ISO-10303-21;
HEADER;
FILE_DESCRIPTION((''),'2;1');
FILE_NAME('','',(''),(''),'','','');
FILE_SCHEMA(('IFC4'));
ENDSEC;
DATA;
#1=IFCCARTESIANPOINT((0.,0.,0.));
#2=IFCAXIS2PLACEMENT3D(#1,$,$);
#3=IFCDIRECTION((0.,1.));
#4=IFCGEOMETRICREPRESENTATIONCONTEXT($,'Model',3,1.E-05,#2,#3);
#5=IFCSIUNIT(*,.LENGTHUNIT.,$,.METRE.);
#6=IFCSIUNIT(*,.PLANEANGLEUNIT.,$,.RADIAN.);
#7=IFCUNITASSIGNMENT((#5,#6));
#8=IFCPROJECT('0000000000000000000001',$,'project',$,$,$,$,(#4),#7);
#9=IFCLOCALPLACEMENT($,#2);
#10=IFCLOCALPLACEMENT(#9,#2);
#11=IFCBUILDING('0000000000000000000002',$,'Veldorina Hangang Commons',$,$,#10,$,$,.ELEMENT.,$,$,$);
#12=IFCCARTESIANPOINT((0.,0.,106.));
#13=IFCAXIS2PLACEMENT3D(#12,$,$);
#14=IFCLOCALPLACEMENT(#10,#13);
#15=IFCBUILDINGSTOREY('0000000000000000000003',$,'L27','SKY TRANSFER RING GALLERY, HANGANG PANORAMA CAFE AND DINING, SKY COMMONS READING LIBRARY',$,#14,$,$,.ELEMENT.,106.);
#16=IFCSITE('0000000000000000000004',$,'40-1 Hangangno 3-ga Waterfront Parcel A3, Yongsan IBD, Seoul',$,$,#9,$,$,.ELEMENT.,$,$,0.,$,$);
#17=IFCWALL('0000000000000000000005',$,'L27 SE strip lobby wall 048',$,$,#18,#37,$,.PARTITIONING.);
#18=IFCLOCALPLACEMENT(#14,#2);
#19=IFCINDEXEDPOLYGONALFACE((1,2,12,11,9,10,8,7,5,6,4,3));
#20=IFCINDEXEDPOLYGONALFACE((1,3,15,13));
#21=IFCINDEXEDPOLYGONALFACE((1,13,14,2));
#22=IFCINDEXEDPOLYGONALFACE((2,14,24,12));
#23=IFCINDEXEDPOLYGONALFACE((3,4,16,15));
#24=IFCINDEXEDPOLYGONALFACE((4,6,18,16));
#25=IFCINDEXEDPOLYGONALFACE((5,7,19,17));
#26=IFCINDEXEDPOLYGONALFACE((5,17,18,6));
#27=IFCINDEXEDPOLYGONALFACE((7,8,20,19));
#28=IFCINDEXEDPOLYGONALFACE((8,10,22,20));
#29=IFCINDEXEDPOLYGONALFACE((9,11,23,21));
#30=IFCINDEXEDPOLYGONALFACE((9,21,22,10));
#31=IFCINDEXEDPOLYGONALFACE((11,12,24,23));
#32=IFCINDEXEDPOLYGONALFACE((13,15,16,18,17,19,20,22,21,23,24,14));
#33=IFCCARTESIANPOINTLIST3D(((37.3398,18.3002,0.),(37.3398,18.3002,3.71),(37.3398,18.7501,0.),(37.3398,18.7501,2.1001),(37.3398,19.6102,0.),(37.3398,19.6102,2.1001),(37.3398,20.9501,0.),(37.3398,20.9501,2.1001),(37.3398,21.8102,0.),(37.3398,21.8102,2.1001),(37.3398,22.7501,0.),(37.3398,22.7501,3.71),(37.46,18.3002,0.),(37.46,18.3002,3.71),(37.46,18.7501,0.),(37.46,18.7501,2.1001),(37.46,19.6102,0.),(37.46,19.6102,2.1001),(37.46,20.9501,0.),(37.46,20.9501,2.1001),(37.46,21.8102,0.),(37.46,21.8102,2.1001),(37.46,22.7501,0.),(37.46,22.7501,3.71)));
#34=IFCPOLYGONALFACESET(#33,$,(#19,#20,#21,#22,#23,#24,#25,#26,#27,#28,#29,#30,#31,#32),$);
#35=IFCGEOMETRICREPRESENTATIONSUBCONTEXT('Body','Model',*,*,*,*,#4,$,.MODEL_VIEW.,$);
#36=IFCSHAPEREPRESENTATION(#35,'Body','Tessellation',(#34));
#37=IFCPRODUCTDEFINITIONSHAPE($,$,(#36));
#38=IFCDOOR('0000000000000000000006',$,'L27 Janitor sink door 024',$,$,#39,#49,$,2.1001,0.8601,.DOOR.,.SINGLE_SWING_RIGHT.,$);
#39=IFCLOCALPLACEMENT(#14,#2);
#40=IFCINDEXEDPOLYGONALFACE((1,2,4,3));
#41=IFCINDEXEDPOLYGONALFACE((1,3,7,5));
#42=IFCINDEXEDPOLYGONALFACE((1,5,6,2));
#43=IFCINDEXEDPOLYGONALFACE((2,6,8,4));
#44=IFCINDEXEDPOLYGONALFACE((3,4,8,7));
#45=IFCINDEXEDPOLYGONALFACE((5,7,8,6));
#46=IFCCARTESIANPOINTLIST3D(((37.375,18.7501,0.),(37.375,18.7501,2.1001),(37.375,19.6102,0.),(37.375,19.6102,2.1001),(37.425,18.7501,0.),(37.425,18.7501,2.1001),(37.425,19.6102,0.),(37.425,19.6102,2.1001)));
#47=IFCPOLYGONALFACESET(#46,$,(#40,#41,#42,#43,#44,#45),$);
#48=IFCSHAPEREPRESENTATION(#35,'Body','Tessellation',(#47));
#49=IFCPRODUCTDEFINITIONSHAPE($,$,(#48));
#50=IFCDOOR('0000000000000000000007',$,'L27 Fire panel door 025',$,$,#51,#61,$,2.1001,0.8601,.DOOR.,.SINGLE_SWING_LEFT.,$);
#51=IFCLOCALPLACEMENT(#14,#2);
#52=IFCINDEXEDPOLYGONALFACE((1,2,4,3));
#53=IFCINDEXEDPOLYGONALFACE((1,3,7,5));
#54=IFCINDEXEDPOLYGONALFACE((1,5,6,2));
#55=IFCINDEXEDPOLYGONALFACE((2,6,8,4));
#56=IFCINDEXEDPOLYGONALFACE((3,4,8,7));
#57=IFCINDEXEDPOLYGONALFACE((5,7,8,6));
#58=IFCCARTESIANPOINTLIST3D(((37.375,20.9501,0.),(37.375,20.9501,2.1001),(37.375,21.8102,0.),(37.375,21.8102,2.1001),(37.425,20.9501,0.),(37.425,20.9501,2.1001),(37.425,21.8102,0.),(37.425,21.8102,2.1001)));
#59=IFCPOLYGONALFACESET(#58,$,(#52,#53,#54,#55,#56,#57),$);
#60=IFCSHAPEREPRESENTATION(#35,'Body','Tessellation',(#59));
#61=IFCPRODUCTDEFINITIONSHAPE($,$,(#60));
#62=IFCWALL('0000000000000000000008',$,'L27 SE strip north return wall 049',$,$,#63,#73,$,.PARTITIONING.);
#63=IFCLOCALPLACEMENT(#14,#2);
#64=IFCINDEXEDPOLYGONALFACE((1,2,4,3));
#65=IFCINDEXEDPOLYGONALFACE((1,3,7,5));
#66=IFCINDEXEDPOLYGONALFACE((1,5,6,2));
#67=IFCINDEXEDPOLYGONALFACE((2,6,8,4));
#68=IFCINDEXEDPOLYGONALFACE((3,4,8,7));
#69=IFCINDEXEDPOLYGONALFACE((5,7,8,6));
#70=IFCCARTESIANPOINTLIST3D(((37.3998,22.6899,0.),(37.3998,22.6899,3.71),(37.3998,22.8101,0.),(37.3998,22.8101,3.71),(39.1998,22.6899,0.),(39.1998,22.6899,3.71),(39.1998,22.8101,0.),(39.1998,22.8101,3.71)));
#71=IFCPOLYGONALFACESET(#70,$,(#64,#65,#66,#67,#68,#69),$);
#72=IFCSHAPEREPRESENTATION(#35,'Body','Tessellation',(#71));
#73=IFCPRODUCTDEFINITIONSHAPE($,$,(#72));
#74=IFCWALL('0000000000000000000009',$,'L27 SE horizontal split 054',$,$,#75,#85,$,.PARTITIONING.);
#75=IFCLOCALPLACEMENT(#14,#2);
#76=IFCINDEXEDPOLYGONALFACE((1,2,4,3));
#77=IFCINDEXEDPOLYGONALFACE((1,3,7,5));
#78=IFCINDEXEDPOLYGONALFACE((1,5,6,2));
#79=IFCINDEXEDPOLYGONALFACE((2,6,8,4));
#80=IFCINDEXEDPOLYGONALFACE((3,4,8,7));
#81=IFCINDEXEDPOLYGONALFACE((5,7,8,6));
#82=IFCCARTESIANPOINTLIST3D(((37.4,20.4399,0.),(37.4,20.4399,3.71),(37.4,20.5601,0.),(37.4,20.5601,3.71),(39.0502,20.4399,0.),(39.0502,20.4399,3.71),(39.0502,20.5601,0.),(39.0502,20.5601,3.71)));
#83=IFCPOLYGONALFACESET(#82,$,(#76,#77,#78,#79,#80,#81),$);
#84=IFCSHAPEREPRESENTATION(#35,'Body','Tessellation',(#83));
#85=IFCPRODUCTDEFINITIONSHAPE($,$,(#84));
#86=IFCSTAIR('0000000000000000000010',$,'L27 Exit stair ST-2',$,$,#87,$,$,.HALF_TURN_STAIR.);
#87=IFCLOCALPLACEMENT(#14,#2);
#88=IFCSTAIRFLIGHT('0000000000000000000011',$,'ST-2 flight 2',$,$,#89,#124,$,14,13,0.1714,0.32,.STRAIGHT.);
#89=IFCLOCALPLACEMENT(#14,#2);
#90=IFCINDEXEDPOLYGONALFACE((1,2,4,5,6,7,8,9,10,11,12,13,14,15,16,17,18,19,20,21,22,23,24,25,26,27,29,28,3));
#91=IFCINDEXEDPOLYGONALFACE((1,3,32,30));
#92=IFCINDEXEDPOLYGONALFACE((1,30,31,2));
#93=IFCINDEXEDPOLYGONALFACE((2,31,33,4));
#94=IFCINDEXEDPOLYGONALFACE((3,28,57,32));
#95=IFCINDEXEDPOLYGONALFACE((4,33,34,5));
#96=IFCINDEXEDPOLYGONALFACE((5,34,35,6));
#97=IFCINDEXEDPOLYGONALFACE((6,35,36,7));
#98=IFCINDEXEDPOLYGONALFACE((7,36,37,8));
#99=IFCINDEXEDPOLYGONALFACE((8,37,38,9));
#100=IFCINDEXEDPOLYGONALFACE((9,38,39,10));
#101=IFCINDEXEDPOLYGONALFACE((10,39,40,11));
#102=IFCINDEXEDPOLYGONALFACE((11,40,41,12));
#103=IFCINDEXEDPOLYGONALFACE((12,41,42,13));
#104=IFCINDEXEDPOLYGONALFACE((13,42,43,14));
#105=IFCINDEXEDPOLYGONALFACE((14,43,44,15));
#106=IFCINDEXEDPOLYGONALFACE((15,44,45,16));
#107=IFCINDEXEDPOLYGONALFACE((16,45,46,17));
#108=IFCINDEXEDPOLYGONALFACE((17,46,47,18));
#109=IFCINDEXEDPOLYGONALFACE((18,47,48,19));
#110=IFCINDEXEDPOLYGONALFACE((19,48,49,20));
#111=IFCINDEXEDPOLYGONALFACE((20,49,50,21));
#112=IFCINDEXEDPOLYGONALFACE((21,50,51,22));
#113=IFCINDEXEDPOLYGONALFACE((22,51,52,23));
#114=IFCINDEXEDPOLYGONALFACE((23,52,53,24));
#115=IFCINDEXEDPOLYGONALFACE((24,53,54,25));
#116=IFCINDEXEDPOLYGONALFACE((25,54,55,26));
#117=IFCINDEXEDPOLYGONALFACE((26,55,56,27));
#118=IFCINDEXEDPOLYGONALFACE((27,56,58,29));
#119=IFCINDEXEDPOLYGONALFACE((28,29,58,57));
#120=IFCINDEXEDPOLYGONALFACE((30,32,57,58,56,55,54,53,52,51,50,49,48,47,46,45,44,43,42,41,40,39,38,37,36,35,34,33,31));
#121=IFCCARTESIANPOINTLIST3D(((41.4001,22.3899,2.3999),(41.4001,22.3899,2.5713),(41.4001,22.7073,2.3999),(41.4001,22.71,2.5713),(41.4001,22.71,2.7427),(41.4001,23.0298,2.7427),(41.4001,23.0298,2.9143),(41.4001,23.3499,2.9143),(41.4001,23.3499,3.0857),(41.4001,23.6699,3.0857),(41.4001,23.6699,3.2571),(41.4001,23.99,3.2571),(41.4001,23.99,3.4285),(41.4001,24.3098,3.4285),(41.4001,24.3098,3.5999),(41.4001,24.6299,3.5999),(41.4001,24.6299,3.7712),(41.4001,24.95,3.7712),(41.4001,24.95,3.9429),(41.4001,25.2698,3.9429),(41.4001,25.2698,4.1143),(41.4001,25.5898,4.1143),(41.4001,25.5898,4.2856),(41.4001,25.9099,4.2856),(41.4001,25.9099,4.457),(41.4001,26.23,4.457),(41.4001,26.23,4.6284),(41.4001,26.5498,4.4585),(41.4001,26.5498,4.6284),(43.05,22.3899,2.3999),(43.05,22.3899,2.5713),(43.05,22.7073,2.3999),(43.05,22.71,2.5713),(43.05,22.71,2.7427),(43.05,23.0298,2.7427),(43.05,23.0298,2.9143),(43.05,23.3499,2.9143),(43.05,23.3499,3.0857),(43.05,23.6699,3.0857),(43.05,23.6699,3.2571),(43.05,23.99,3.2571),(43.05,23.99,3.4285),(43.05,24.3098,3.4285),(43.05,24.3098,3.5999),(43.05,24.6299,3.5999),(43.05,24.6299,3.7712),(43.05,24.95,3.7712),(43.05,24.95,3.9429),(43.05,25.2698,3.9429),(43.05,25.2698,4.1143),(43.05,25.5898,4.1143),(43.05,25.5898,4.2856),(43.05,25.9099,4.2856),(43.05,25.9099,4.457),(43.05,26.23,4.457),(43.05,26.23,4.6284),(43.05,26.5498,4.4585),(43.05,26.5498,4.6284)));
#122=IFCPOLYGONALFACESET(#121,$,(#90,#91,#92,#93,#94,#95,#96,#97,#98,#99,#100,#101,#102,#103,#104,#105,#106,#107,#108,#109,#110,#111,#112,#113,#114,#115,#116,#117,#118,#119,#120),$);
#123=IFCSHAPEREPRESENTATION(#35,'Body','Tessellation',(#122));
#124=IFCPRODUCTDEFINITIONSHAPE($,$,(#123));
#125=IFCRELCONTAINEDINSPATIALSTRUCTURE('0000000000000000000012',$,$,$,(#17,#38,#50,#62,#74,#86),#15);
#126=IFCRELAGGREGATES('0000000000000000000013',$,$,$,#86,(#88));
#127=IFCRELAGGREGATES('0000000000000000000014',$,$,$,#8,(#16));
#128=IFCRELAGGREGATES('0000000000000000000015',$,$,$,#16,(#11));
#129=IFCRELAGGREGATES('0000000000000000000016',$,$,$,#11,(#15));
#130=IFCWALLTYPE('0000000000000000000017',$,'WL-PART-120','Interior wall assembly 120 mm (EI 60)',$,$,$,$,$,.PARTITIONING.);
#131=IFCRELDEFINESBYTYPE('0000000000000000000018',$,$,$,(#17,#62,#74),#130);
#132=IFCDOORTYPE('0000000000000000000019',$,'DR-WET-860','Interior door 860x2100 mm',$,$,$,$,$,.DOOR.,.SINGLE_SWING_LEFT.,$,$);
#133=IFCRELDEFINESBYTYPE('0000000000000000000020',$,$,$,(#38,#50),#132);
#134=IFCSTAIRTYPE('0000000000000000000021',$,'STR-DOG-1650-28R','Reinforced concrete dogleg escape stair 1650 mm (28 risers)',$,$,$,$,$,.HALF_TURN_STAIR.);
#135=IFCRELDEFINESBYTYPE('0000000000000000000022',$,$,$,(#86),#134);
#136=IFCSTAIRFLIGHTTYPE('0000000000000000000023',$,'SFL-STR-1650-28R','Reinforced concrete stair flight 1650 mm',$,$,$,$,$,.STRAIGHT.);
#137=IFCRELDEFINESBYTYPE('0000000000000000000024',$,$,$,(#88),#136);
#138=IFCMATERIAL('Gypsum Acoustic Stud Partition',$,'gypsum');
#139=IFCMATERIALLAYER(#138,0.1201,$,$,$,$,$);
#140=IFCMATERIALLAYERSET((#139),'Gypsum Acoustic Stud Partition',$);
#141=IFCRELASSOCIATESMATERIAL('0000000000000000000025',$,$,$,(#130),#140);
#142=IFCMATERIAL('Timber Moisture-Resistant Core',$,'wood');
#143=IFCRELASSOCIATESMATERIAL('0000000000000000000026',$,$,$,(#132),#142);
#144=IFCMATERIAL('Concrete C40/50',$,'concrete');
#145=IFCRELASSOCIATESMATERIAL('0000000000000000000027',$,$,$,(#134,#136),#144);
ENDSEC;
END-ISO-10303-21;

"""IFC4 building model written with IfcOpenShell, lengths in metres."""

from ifc_helpers import new_model, si_unit, direction, frame, frame_2d, origin, place, context, subcontext, project, spatial, polyline, rectangle, outline, extrude, material, layer, layer_set, type_object, element, fill, aggregate, save


model = new_model("IFC4")

# Units and contexts
model_context = context("Model", 3, precision=1e-05, world=origin(), true_north=direction((0.0, 1.0)))
body_context = subcontext(model_context, "Body", "Model", "MODEL_VIEW")
ifc_project = project(units=[si_unit("LENGTHUNIT", "METRE"), si_unit("PLANEANGLEUNIT", "RADIAN")], contexts=[model_context])

# Site, building, storey
site_placement = place(None, origin())
site = spatial("IfcSite", under=ifc_project, at=site_placement, Name="40-1 Hangangno 3-ga Waterfront Parcel A3, Yongsan IBD, Seoul", CompositionType="ELEMENT", RefElevation=0.0)
building_placement = place(site_placement, origin())
building = spatial("IfcBuilding", under=site, at=building_placement, Name="Veldorina Hangang Commons", CompositionType="ELEMENT")
storey_placement = place(building_placement, frame((0.0, 0.0, 106.0)))
storey = spatial("IfcBuildingStorey", under=building, at=storey_placement, Name="L27", Description="SKY TRANSFER RING GALLERY, HANGANG PANORAMA CAFE AND DINING, SKY COMMONS READING LIBRARY", CompositionType="ELEMENT", Elevation=106.0)

# Wall, openings, doors
ifc_material_1 = material(Name="Gypsum Acoustic Stud Partition", Category="gypsum")
ifc_layer_1 = layer(ifc_material_1, 0.1201)
ifc_layer_set_1 = layer_set([ifc_layer_1], Name="Gypsum Acoustic Stud Partition")
wall_type_1 = type_object("IfcWallType", Name="WL-PART-120", Description="Interior wall assembly 120 mm (EI 60)", PredefinedType="PARTITIONING", material=ifc_layer_set_1)
wall_1_placement = place(storey_placement, frame((37.3999, 18.3, 0.0), z_axis=(0.0, 0.0, 1.0), x_axis=(0.0, 1.0, 0.0)))
wall_1 = element("IfcWall", 1, at=wall_1_placement, inside=storey, type_object=wall_type_1, Name="L27 SE strip lobby wall 048", PredefinedType="PARTITIONING", context=body_context, shape_type="SweptSolid", body=[
    extrude(rectangle(XDim=4.45, YDim=0.1201, at=frame_2d((2.2251, 0.0))), origin(), (0.0, 0.0, 1.0), 3.71),
])
opening_1_placement = place(wall_1_placement, frame((0.45, 0.0, 0.0)))
opening_1 = element("IfcOpeningElement", 2, at=opening_1_placement, cuts=wall_1, PredefinedType="OPENING", context=body_context, shape_type="SweptSolid", body=[
    extrude(rectangle(XDim=0.8601, YDim=2.1001, at=frame_2d((0.4302, 1.05))), frame((0.0, 0.0701, 0.0), z_axis=(0.0, -1.0, 0.0), x_axis=(1.0, 0.0, 0.0)), (0.0, 0.0, 1.0), 0.1401),
])
opening_2_placement = place(wall_1_placement, frame((2.6499, 0.0, 0.0)))
opening_2 = element("IfcOpeningElement", 3, at=opening_2_placement, cuts=wall_1, PredefinedType="OPENING", context=body_context, shape_type="SweptSolid", body=[
    extrude(rectangle(XDim=0.8601, YDim=2.1001, at=frame_2d((0.4302, 1.05))), frame((0.0, 0.0701, 0.0), z_axis=(0.0, -1.0, 0.0), x_axis=(1.0, 0.0, 0.0)), (0.0, 0.0, 1.0), 0.1401),
])
ifc_material_2 = material(Name="Timber Moisture-Resistant Core", Category="wood")
door_type_1 = type_object("IfcDoorType", Name="DR-WET-860", Description="Interior door 860x2100 mm", OperationType="SINGLE_SWING_LEFT", PredefinedType="DOOR", material=ifc_material_2)
door_1_placement = place(opening_1_placement, origin())
door_1 = element("IfcDoor", 4, at=door_1_placement, inside=storey, type_object=door_type_1, Name="L27 Janitor sink door 024", OperationType="SINGLE_SWING_RIGHT", OverallHeight=2.1001, OverallWidth=0.8601, PredefinedType="DOOR", context=body_context, shape_type="SweptSolid", body=[
    extrude(rectangle(XDim=0.8601, YDim=2.1001, at=frame_2d((0.4302, 1.05))), frame((0.0, 0.0249, 0.0), z_axis=(0.0, -1.0, 0.0), x_axis=(1.0, 0.0, 0.0)), (0.0, 0.0, 1.0), 0.05),
])
fill(opening_1, door_1)
door_2_placement = place(opening_2_placement, origin())
door_2 = element("IfcDoor", 5, at=door_2_placement, inside=storey, type_object=door_type_1, Name="L27 Fire panel door 025", OperationType="SINGLE_SWING_LEFT", OverallHeight=2.1001, OverallWidth=0.8601, PredefinedType="DOOR", context=body_context, shape_type="SweptSolid", body=[
    extrude(rectangle(XDim=0.8601, YDim=2.1001, at=frame_2d((0.4302, 1.05))), frame((0.0, 0.0249, 0.0), z_axis=(0.0, -1.0, 0.0), x_axis=(1.0, 0.0, 0.0)), (0.0, 0.0, 1.0), 0.05),
])
fill(opening_2, door_2)

# Walls
wall_2_placement = place(storey_placement, frame((37.3999, 22.75, 0.0), z_axis=(0.0, 0.0, 1.0), x_axis=(1.0, 0.0, 0.0)))
element("IfcWall", 6, at=wall_2_placement, inside=storey, type_object=wall_type_1, Name="L27 SE strip north return wall 049", PredefinedType="PARTITIONING", context=body_context, shape_type="SweptSolid", body=[
    extrude(rectangle(XDim=1.8, YDim=0.1201, at=frame_2d((0.8999, 0.0))), origin(), (0.0, 0.0, 1.0), 3.71),
])
wall_3_placement = place(storey_placement, frame((37.3999, 20.5, 0.0), z_axis=(0.0, 0.0, 1.0), x_axis=(1.0, 0.0, 0.0)))
element("IfcWall", 7, at=wall_3_placement, inside=storey, type_object=wall_type_1, Name="L27 SE horizontal split 054", PredefinedType="PARTITIONING", context=body_context, shape_type="SweptSolid", body=[
    extrude(rectangle(XDim=1.6501, YDim=0.1201, at=frame_2d((0.8252, 0.0))), origin(), (0.0, 0.0, 1.0), 3.71),
])

# Stair, stair flight
ifc_material_3 = material(Name="Concrete C40/50", Category="concrete")
stair_type = type_object("IfcStairType", Name="STR-DOG-1650-28R", Description="Reinforced concrete dogleg escape stair 1650 mm (28 risers)", PredefinedType="HALF_TURN_STAIR", material=ifc_material_3)
stair_placement = place(storey_placement, origin())
stair = element("IfcStair", 8, at=stair_placement, inside=storey, type_object=stair_type, Name="L27 Exit stair ST-2", PredefinedType="HALF_TURN_STAIR")
stair_flight_type = type_object("IfcStairFlightType", Name="SFL-STR-1650-28R", Description="Reinforced concrete stair flight 1650 mm", PredefinedType="STRAIGHT", material=ifc_material_3)
stair_flight_placement = place(storey_placement, frame((42.2251, 22.3899, 2.3999), z_axis=(0.0, 0.0, 1.0), x_axis=(0.0, 1.0, 0.0)))
stair_flight = element("IfcStairFlight", 9, at=stair_flight_placement, type_object=stair_flight_type, Name="ST-2 flight 2", NumberOfRisers=14, NumberOfTreads=13, PredefinedType="STRAIGHT", RiserHeight=0.1714, TreadLength=0.32, context=body_context, shape_type="SweptSolid", body=[
    extrude(outline(polyline([(0.0, 0.0), (0.0, 0.1714), (0.3201, 0.1714), (0.3201, 0.3428), (0.6399, 0.3428), (0.6399, 0.5144), (0.96, 0.5144), (0.96, 0.6858), (1.28, 0.6858), (1.28, 0.8572), (1.6001, 0.8572), (1.6001, 1.0286), (1.9199, 1.0286), (1.9199, 1.2), (2.24, 1.2), (2.24, 1.3713), (2.5601, 1.3713), (2.5601, 1.543), (2.8799, 1.543), (2.8799, 1.7144), (3.2, 1.7144), (3.2, 1.8857), (3.52, 1.8857), (3.52, 2.0571), (3.8401, 2.0571), (3.8401, 2.2285), (4.1599, 2.2285), (4.1599, 2.3999), (4.1599, 2.0586), (0.3174, 0.0), (0.0, 0.0)])), frame((0.0, 0.825, 0.0), z_axis=(0.0, -1.0, 0.0), x_axis=(1.0, 0.0, 0.0)), (0.0, 0.0, 1.0), 1.6499),
])
aggregate(stair, [stair_flight])

save(model, "model.ifc")
